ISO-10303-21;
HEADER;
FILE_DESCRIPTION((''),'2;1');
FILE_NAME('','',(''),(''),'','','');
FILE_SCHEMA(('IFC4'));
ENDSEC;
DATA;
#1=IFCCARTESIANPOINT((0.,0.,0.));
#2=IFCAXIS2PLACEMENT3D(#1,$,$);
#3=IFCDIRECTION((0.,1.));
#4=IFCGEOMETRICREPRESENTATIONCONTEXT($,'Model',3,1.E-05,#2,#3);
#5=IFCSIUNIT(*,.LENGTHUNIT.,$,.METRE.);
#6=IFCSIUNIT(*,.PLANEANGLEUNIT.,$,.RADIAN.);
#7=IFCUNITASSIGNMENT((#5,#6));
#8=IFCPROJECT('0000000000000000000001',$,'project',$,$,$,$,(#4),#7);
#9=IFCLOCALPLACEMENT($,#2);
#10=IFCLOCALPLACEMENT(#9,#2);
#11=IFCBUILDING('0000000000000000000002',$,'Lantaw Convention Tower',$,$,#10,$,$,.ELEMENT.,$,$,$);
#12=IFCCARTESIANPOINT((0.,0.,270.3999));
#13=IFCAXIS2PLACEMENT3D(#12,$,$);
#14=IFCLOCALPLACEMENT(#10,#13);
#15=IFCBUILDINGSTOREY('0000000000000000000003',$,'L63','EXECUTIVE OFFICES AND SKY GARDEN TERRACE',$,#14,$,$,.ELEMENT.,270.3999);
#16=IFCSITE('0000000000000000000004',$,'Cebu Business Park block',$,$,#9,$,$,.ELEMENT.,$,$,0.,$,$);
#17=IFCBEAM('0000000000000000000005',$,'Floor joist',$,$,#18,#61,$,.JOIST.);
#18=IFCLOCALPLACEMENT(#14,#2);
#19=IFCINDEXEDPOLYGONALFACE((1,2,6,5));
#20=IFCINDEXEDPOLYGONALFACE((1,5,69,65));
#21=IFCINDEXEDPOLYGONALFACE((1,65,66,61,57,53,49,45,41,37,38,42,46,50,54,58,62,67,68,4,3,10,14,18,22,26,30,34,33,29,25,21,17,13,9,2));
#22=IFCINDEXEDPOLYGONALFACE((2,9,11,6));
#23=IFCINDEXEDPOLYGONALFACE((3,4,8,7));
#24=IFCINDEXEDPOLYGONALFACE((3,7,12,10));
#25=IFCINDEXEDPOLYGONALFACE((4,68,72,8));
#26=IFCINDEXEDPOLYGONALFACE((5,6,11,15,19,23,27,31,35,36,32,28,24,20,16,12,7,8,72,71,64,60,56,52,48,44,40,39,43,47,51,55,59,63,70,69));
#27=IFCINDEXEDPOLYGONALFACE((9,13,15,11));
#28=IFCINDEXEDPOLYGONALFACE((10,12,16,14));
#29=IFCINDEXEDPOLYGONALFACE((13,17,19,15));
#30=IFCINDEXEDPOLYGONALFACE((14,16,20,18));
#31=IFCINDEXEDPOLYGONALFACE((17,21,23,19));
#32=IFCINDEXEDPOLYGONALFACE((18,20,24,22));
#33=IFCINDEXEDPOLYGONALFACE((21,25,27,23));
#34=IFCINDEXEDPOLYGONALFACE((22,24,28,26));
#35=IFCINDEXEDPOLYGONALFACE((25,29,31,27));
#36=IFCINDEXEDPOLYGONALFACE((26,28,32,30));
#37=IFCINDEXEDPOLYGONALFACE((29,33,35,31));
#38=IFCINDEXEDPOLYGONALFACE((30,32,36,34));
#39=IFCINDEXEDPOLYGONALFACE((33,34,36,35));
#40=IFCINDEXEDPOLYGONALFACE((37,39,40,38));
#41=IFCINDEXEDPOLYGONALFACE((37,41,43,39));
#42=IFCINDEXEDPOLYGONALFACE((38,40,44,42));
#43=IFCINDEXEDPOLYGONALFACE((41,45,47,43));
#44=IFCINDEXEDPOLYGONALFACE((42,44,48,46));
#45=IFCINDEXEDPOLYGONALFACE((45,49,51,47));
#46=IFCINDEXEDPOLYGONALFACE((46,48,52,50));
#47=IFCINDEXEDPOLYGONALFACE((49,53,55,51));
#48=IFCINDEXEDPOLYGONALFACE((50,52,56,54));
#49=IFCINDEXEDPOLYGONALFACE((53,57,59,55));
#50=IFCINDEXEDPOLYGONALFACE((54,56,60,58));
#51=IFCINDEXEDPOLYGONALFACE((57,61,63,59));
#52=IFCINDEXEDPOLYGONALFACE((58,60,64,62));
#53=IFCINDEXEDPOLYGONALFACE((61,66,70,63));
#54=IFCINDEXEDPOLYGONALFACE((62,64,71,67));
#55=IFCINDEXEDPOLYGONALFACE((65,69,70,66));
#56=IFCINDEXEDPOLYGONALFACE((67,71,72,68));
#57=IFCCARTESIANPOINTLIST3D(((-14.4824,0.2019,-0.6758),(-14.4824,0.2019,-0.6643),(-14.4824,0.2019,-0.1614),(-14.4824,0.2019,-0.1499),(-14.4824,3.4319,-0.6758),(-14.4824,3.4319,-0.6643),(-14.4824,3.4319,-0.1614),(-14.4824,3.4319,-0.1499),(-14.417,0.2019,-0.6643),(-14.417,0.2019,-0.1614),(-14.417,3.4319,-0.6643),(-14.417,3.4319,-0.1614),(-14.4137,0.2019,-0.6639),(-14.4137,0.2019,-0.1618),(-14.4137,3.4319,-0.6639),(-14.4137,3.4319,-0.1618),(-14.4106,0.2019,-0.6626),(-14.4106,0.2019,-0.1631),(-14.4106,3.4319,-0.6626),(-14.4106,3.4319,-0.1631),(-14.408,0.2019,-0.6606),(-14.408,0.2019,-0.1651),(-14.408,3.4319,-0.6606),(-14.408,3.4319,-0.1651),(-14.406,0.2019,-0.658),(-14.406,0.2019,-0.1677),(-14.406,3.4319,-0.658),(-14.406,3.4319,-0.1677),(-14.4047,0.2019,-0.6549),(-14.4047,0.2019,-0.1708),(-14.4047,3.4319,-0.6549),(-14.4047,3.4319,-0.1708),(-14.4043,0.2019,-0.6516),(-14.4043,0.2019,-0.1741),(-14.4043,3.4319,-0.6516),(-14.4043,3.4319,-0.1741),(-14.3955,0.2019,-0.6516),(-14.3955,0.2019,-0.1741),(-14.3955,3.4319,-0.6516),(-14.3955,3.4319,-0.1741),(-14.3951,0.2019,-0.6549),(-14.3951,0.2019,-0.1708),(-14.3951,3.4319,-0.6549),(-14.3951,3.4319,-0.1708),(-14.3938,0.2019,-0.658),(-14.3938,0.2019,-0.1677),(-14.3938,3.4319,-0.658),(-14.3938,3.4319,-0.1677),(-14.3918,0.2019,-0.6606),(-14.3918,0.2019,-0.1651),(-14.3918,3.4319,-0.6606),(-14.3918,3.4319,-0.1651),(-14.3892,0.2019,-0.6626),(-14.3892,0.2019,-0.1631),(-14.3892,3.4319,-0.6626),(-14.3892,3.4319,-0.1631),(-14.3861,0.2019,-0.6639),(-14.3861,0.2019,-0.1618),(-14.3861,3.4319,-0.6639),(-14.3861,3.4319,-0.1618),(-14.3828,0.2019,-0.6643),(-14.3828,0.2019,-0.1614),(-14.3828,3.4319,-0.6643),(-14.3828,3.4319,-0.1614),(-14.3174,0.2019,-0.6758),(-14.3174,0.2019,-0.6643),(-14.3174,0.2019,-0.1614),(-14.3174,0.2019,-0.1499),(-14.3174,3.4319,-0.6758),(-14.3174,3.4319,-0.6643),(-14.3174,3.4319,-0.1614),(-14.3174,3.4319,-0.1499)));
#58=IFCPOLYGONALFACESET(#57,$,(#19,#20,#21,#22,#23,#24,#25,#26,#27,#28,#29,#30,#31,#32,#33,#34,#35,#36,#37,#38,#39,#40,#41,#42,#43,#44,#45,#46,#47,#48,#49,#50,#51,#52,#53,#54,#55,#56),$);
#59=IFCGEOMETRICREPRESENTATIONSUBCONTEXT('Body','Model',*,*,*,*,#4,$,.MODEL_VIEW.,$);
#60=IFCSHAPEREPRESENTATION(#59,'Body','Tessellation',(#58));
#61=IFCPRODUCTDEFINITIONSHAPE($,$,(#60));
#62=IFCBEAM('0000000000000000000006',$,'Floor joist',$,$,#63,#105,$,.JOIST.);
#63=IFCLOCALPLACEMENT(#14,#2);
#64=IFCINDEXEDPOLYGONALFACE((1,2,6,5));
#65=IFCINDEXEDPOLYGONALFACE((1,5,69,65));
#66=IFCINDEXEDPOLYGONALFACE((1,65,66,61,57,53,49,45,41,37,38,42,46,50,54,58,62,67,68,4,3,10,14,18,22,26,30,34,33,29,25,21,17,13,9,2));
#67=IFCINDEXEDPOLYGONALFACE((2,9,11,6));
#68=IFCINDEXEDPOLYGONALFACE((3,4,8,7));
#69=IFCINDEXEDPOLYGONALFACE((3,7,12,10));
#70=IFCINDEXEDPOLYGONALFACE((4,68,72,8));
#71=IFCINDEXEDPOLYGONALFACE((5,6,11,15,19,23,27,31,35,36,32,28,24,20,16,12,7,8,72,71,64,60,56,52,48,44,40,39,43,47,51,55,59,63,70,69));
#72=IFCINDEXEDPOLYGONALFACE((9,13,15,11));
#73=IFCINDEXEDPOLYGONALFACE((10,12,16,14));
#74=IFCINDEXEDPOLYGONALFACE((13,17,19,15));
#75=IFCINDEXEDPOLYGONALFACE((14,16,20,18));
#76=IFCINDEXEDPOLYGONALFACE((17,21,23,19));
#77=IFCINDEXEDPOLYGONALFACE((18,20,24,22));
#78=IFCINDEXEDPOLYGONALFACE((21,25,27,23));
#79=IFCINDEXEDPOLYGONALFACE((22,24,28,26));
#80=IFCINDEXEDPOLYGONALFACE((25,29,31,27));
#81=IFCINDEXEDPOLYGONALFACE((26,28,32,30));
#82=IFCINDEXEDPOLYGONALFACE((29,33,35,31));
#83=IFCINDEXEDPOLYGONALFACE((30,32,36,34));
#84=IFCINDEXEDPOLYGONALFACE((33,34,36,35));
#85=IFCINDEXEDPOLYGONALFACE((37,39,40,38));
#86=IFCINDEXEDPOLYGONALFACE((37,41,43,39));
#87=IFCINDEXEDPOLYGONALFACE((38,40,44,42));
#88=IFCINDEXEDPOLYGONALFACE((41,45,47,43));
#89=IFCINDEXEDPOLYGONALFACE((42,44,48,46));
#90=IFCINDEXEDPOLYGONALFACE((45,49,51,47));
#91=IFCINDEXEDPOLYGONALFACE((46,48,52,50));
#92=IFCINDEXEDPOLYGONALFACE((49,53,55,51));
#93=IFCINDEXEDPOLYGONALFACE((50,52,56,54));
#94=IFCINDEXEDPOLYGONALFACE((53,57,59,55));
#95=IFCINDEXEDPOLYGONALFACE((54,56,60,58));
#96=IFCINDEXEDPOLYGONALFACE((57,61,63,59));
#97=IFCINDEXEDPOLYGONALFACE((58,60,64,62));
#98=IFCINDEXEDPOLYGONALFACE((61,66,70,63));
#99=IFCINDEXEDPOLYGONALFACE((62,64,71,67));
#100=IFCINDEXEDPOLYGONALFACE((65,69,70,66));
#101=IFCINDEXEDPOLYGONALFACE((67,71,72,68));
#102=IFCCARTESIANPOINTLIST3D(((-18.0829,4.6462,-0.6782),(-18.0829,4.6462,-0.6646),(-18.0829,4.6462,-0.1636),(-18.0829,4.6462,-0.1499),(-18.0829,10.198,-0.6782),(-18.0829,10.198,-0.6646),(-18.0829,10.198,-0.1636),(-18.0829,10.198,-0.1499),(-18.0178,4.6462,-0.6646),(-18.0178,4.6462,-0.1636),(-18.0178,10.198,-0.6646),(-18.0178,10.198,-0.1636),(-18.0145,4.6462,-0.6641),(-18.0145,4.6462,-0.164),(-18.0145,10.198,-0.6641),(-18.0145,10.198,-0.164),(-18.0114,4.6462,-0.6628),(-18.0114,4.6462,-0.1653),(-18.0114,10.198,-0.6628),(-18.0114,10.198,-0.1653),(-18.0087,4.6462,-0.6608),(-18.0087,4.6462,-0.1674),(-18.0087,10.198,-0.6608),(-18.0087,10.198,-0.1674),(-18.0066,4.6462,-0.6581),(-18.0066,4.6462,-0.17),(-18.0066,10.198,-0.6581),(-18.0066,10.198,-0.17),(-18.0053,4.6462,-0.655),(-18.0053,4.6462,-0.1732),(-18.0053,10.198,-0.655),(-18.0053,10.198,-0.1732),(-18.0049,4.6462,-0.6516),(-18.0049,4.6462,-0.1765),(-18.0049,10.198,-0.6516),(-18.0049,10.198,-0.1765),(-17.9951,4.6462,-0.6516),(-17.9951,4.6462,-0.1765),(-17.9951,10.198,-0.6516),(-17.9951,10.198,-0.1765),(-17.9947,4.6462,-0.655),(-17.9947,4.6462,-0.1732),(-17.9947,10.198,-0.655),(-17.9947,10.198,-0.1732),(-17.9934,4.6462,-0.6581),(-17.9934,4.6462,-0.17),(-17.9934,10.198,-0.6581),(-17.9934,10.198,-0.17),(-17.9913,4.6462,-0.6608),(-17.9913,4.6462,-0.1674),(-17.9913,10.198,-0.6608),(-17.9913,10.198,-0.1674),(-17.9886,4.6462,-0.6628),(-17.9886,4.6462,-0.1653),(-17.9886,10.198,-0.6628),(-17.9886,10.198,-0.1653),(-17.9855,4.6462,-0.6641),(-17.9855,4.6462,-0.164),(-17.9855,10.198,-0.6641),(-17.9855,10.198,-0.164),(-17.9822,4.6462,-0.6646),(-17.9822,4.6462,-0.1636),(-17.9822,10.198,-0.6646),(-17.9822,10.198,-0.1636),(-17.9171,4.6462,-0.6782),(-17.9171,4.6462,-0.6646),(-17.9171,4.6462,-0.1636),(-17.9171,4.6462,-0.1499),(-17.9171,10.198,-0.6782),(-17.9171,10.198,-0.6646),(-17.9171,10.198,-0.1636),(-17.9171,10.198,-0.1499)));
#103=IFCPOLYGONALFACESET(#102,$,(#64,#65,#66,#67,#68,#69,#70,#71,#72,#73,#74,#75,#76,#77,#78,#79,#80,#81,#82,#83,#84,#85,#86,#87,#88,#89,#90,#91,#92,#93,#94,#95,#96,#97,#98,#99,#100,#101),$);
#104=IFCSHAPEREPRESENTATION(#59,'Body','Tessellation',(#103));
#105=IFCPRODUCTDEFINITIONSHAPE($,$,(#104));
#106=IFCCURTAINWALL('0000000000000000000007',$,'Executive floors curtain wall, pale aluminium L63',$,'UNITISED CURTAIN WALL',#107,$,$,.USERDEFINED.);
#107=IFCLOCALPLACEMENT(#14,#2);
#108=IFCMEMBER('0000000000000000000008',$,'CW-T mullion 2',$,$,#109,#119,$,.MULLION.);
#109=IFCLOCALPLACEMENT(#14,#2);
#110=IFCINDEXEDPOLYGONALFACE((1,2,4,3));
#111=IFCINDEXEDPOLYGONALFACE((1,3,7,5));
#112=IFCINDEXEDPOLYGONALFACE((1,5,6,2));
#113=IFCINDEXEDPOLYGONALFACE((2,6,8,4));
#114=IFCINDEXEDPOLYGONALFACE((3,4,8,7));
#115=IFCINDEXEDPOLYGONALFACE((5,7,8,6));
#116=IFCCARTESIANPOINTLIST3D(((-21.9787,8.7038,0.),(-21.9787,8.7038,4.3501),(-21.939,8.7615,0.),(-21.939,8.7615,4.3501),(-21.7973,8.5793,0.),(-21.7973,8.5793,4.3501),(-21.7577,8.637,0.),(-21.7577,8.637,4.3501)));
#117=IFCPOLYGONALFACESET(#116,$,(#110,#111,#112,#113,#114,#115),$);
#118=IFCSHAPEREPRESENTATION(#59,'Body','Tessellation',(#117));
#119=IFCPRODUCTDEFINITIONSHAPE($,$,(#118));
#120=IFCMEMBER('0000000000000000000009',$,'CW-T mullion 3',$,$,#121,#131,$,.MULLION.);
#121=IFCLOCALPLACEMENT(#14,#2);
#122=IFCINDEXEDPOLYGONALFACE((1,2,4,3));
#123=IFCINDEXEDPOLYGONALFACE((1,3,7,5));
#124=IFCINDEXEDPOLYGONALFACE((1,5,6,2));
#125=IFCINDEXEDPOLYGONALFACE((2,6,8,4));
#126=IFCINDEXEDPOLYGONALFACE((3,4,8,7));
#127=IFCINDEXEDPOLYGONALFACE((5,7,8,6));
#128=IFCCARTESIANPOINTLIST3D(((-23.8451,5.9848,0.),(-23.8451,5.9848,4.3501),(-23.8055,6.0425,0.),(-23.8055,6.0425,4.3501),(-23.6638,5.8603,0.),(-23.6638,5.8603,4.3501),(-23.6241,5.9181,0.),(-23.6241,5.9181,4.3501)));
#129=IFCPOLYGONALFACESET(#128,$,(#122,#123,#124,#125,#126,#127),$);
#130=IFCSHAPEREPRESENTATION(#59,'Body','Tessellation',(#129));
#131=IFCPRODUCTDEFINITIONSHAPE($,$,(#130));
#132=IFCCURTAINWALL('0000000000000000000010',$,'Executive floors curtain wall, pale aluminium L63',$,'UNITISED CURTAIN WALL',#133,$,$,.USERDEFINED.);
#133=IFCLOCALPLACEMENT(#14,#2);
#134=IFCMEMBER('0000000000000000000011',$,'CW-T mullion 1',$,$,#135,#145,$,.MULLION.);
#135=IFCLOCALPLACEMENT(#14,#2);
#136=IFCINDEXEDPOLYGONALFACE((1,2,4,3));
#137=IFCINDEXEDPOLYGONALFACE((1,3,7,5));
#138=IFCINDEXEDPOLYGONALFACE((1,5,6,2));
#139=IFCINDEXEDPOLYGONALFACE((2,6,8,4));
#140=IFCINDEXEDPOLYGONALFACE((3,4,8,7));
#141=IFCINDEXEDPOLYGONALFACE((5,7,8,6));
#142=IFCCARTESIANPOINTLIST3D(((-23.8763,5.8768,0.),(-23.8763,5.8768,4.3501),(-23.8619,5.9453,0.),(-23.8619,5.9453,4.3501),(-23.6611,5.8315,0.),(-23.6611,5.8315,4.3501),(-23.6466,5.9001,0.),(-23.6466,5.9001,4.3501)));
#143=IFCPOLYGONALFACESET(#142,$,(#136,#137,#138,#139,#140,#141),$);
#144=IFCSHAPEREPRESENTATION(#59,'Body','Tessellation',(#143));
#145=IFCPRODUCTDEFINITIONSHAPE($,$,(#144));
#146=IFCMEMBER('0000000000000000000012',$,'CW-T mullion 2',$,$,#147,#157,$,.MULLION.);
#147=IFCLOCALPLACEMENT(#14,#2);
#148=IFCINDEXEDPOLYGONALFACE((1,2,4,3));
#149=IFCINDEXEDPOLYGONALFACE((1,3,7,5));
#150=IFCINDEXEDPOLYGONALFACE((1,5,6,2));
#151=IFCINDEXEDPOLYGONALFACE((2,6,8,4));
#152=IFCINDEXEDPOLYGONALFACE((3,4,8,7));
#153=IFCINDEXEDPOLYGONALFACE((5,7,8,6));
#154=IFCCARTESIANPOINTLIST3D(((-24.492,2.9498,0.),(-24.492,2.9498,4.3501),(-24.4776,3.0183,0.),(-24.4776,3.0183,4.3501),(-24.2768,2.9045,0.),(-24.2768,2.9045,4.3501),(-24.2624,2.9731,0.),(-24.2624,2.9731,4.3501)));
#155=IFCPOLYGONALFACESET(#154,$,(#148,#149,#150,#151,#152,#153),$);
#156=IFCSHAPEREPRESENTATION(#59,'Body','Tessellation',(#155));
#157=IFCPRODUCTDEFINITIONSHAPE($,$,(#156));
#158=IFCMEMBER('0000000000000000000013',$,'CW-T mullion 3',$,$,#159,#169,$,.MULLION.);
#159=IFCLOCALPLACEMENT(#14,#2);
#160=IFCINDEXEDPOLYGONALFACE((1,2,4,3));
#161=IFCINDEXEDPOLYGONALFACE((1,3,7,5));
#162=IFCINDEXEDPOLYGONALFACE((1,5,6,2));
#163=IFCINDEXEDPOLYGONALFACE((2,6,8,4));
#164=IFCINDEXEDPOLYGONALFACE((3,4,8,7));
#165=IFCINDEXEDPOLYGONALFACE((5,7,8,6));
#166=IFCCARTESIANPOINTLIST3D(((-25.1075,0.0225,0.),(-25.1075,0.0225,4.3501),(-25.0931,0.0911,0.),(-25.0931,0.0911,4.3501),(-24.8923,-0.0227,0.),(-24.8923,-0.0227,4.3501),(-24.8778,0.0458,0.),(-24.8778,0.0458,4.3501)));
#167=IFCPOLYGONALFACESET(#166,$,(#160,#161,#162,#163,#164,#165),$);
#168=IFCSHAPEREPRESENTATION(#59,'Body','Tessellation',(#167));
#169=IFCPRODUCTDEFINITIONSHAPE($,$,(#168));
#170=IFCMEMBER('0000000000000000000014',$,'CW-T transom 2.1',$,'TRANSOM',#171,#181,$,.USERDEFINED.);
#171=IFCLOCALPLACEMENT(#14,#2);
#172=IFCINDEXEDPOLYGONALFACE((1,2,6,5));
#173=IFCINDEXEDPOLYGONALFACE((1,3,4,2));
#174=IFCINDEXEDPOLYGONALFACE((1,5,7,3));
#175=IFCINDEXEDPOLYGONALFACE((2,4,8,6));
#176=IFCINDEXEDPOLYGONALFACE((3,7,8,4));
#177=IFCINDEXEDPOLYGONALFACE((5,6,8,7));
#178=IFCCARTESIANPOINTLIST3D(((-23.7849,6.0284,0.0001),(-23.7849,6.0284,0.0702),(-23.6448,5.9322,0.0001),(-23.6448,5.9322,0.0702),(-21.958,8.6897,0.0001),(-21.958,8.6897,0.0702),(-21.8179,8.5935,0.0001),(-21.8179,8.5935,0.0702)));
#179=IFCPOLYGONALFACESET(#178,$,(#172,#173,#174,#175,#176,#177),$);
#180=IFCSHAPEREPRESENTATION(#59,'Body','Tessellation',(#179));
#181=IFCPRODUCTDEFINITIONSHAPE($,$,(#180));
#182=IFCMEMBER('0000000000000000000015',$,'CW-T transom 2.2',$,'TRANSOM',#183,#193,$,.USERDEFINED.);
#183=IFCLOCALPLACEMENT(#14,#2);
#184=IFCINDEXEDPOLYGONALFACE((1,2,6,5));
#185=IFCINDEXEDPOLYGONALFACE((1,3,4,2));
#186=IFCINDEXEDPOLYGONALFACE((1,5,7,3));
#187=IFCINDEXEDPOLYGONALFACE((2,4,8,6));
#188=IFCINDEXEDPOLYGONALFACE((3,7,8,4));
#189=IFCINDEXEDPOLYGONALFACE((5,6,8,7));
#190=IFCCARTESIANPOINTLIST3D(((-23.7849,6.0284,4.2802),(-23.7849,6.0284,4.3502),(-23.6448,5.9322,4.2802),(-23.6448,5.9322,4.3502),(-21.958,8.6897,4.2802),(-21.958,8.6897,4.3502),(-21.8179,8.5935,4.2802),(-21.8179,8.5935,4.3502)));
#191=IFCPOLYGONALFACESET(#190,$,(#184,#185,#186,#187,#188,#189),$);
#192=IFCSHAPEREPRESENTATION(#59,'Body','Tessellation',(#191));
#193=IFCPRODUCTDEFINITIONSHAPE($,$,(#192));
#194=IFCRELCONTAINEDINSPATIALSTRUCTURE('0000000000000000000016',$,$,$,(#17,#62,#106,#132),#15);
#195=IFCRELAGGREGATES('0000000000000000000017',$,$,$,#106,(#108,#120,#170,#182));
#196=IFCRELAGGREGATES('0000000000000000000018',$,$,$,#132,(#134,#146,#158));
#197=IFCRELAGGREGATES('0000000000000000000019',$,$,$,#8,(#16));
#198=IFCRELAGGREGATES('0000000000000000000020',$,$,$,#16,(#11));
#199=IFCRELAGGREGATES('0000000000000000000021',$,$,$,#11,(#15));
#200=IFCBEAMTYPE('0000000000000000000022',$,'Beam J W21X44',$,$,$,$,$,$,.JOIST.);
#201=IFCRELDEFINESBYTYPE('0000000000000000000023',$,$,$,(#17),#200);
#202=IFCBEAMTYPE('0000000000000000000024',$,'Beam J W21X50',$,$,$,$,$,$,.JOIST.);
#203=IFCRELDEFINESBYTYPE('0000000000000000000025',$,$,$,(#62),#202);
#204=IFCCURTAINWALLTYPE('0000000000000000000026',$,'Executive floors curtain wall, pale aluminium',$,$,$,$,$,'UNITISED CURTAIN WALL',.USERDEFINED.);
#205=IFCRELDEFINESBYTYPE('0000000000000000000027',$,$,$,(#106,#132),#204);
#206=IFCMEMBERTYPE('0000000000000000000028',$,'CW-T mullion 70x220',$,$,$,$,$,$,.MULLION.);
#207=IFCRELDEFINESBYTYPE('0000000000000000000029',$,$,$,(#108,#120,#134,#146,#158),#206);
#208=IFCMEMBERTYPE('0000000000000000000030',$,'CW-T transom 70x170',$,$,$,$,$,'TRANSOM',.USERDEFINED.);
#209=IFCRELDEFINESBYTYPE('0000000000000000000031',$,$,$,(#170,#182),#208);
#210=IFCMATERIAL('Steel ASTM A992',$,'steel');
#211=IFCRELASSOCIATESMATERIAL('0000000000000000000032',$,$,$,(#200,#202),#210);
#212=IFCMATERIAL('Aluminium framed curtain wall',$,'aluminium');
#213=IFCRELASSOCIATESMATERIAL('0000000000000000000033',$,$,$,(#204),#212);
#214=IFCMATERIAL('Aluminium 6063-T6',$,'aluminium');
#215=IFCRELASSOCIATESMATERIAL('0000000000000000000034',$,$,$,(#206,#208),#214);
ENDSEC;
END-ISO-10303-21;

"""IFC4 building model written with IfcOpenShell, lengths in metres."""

from ifc_helpers import new_model, si_unit, direction, frame, origin, origin_2d, place, context, subcontext, project, spatial, rectangle, i_section, extrude, material, material_profile, profile_set, type_object, element, aggregate, save


model = new_model("IFC4")

# Units and contexts
model_context = context("Model", 3, precision=1e-05, world=origin(), true_north=direction((0.0, 1.0)))
body_context = subcontext(model_context, "Body", "Model", "MODEL_VIEW")
ifc_project = project(units=[si_unit("LENGTHUNIT", "METRE"), si_unit("PLANEANGLEUNIT", "RADIAN")], contexts=[model_context])

# Site, building, storey
site_placement = place(None, origin())
site = spatial("IfcSite", under=ifc_project, at=site_placement, Name="Cebu Business Park block", CompositionType="ELEMENT", RefElevation=0.0)
building_placement = place(site_placement, origin())
building = spatial("IfcBuilding", under=site, at=building_placement, Name="Lantaw Convention Tower", CompositionType="ELEMENT")
storey_placement = place(building_placement, frame((0.0, 0.0, 270.3999)))
storey = spatial("IfcBuildingStorey", under=building, at=storey_placement, Name="L63", Description="EXECUTIVE OFFICES AND SKY GARDEN TERRACE", CompositionType="ELEMENT", Elevation=270.3999)

# Beams
ifc_material_1 = material(Name="Steel ASTM A992", Category="steel")
ifc_material_profile_1 = material_profile(ifc_material_1, i_section(OverallWidth=0.165, OverallDepth=0.5259, WebThickness=0.0088, FlangeThickness=0.0115, FilletRadius=0.0127, at=origin_2d()), Name="W21X44")
ifc_profile_set_1 = profile_set([ifc_material_profile_1], Name="Steel ASTM A992")
beam_type_1 = type_object("IfcBeamType", Name="Beam J W21X44", PredefinedType="JOIST", material=ifc_profile_set_1)
beam_1_placement = place(storey_placement, frame((-14.3999, 0.2019, -0.4128), z_axis=(0.0, 1.0, 0.0), x_axis=(-1.0, 0.0, 0.0)))
element("IfcBeam", 1, at=beam_1_placement, inside=storey, type_object=beam_type_1, Name="Floor joist", PredefinedType="JOIST", context=body_context, shape_type="SweptSolid", body=[
    extrude(i_section(OverallWidth=0.165, OverallDepth=0.5259, WebThickness=0.0088, FlangeThickness=0.0115, FilletRadius=0.0127, at=origin_2d()), origin(), (0.0, 0.0, 1.0), 3.23),
])
ifc_material_profile_2 = material_profile(ifc_material_1, i_section(OverallWidth=0.1658, OverallDepth=0.5283, WebThickness=0.0098, FlangeThickness=0.0137, FilletRadius=0.0129, at=origin_2d()), Name="W21X50")
ifc_profile_set_2 = profile_set([ifc_material_profile_2], Name="Steel ASTM A992")
beam_type_2 = type_object("IfcBeamType", Name="Beam J W21X50", PredefinedType="JOIST", material=ifc_profile_set_2)
beam_2_placement = place(storey_placement, frame((-18.0, 4.6462, -0.4141), z_axis=(0.0, 1.0, 0.0), x_axis=(-1.0, 0.0, 0.0)))
element("IfcBeam", 2, at=beam_2_placement, inside=storey, type_object=beam_type_2, Name="Floor joist", PredefinedType="JOIST", context=body_context, shape_type="SweptSolid", body=[
    extrude(i_section(OverallWidth=0.1658, OverallDepth=0.5283, WebThickness=0.0098, FlangeThickness=0.0137, FilletRadius=0.0129, at=origin_2d()), origin(), (0.0, 0.0, 1.0), 5.5518),
])

# Curtain walls, members
ifc_material_2 = material(Name="Aluminium framed curtain wall", Category="aluminium")
curtain_wall_type = type_object("IfcCurtainWallType", Name="Executive floors curtain wall, pale aluminium", ElementType="UNITISED CURTAIN WALL", PredefinedType="USERDEFINED", material=ifc_material_2)
curtain_wall_1_placement = place(storey_placement, origin())
curtain_wall_1 = element("IfcCurtainWall", 3, at=curtain_wall_1_placement, inside=storey, type_object=curtain_wall_type, Name="Executive floors curtain wall, pale aluminium L63", ObjectType="UNITISED CURTAIN WALL", PredefinedType="USERDEFINED")
ifc_material_3 = material(Name="Aluminium 6063-T6", Category="aluminium")
ifc_material_profile_3 = material_profile(ifc_material_3, rectangle(XDim=0.22, YDim=0.0701, at=origin_2d()), Name="CW-T mullion 70x220")
ifc_profile_set_3 = profile_set([ifc_material_profile_3], Name="Aluminium 6063-T6")
member_type_1 = type_object("IfcMemberType", Name="CW-T mullion 70x220", PredefinedType="MULLION", material=ifc_profile_set_3)
member_1_placement = place(storey_placement, frame((-21.8682, 8.6704, 0.0), z_axis=(0.0, 0.0, 1.0), x_axis=(0.82445, -0.565935, 0.0)))
member_1 = element("IfcMember", 4, at=member_1_placement, type_object=member_type_1, Name="CW-T mullion 2", PredefinedType="MULLION", context=body_context, shape_type="SweptSolid", body=[
    extrude(rectangle(XDim=0.22, YDim=0.0701, at=origin_2d()), origin(), (0.0, 0.0, 1.0), 4.3501),
])
member_2_placement = place(storey_placement, frame((-23.7346, 5.9514, 0.0), z_axis=(0.0, 0.0, 1.0), x_axis=(0.82445, -0.565935, 0.0)))
member_2 = element("IfcMember", 5, at=member_2_placement, type_object=member_type_1, Name="CW-T mullion 3", PredefinedType="MULLION", context=body_context, shape_type="SweptSolid", body=[
    extrude(rectangle(XDim=0.22, YDim=0.0701, at=origin_2d()), origin(), (0.0, 0.0, 1.0), 4.3501),
])
curtain_wall_2_placement = place(storey_placement, origin())
curtain_wall_2 = element("IfcCurtainWall", 6, at=curtain_wall_2_placement, inside=storey, type_object=curtain_wall_type, Name="Executive floors curtain wall, pale aluminium L63", ObjectType="UNITISED CURTAIN WALL", PredefinedType="USERDEFINED")
member_3_placement = place(storey_placement, frame((-23.7615, 5.8884, 0.0), z_axis=(0.0, 0.0, 1.0), x_axis=(0.978591, -0.205814, 0.0)))
member_3 = element("IfcMember", 7, at=member_3_placement, type_object=member_type_1, Name="CW-T mullion 1", PredefinedType="MULLION", context=body_context, shape_type="SweptSolid", body=[
    extrude(rectangle(XDim=0.22, YDim=0.0701, at=origin_2d()), origin(), (0.0, 0.0, 1.0), 4.3501),
])
member_4_placement = place(storey_placement, frame((-24.3772, 2.9614, 0.0), z_axis=(0.0, 0.0, 1.0), x_axis=(0.978591, -0.205814, 0.0)))
member_4 = element("IfcMember", 8, at=member_4_placement, type_object=member_type_1, Name="CW-T mullion 2", PredefinedType="MULLION", context=body_context, shape_type="SweptSolid", body=[
    extrude(rectangle(XDim=0.22, YDim=0.0701, at=origin_2d()), origin(), (0.0, 0.0, 1.0), 4.3501),
])
member_5_placement = place(storey_placement, frame((-24.9927, 0.0342, 0.0), z_axis=(0.0, 0.0, 1.0), x_axis=(0.978591, -0.205814, 0.0)))
member_5 = element("IfcMember", 9, at=member_5_placement, type_object=member_type_1, Name="CW-T mullion 3", PredefinedType="MULLION", context=body_context, shape_type="SweptSolid", body=[
    extrude(rectangle(XDim=0.22, YDim=0.0701, at=origin_2d()), origin(), (0.0, 0.0, 1.0), 4.3501),
])

# Members
ifc_material_profile_4 = material_profile(ifc_material_3, rectangle(XDim=0.1699, YDim=0.0701, at=origin_2d()), Name="CW-T transom 70x170")
ifc_profile_set_4 = profile_set([ifc_material_profile_4], Name="Aluminium 6063-T6")
member_type_2 = type_object("IfcMemberType", Name="CW-T transom 70x170", ElementType="TRANSOM", PredefinedType="USERDEFINED", material=ifc_profile_set_4)
member_6_placement = place(storey_placement, frame((-21.8879, 8.6416, 0.0352), z_axis=(-0.565941, -0.824446, 0.0), x_axis=(0.824446, -0.565941, 0.0)))
member_6 = element("IfcMember", 10, at=member_6_placement, type_object=member_type_2, Name="CW-T transom 2.1", ObjectType="TRANSOM", PredefinedType="USERDEFINED", context=body_context, shape_type="SweptSolid", body=[
    extrude(rectangle(XDim=0.1699, YDim=0.0701, at=origin_2d()), origin(), (0.0, 0.0, 1.0), 3.228),
])
member_7_placement = place(storey_placement, frame((-21.8879, 8.6416, 4.3152), z_axis=(-0.565941, -0.824446, 0.0), x_axis=(0.824446, -0.565941, 0.0)))
member_7 = element("IfcMember", 11, at=member_7_placement, type_object=member_type_2, Name="CW-T transom 2.2", ObjectType="TRANSOM", PredefinedType="USERDEFINED", context=body_context, shape_type="SweptSolid", body=[
    extrude(rectangle(XDim=0.1699, YDim=0.0701, at=origin_2d()), origin(), (0.0, 0.0, 1.0), 3.228),
])

aggregate(curtain_wall_1, [member_1, member_2, member_6, member_7])
aggregate(curtain_wall_2, [member_3, member_4, member_5])

save(model, "model.ifc")
